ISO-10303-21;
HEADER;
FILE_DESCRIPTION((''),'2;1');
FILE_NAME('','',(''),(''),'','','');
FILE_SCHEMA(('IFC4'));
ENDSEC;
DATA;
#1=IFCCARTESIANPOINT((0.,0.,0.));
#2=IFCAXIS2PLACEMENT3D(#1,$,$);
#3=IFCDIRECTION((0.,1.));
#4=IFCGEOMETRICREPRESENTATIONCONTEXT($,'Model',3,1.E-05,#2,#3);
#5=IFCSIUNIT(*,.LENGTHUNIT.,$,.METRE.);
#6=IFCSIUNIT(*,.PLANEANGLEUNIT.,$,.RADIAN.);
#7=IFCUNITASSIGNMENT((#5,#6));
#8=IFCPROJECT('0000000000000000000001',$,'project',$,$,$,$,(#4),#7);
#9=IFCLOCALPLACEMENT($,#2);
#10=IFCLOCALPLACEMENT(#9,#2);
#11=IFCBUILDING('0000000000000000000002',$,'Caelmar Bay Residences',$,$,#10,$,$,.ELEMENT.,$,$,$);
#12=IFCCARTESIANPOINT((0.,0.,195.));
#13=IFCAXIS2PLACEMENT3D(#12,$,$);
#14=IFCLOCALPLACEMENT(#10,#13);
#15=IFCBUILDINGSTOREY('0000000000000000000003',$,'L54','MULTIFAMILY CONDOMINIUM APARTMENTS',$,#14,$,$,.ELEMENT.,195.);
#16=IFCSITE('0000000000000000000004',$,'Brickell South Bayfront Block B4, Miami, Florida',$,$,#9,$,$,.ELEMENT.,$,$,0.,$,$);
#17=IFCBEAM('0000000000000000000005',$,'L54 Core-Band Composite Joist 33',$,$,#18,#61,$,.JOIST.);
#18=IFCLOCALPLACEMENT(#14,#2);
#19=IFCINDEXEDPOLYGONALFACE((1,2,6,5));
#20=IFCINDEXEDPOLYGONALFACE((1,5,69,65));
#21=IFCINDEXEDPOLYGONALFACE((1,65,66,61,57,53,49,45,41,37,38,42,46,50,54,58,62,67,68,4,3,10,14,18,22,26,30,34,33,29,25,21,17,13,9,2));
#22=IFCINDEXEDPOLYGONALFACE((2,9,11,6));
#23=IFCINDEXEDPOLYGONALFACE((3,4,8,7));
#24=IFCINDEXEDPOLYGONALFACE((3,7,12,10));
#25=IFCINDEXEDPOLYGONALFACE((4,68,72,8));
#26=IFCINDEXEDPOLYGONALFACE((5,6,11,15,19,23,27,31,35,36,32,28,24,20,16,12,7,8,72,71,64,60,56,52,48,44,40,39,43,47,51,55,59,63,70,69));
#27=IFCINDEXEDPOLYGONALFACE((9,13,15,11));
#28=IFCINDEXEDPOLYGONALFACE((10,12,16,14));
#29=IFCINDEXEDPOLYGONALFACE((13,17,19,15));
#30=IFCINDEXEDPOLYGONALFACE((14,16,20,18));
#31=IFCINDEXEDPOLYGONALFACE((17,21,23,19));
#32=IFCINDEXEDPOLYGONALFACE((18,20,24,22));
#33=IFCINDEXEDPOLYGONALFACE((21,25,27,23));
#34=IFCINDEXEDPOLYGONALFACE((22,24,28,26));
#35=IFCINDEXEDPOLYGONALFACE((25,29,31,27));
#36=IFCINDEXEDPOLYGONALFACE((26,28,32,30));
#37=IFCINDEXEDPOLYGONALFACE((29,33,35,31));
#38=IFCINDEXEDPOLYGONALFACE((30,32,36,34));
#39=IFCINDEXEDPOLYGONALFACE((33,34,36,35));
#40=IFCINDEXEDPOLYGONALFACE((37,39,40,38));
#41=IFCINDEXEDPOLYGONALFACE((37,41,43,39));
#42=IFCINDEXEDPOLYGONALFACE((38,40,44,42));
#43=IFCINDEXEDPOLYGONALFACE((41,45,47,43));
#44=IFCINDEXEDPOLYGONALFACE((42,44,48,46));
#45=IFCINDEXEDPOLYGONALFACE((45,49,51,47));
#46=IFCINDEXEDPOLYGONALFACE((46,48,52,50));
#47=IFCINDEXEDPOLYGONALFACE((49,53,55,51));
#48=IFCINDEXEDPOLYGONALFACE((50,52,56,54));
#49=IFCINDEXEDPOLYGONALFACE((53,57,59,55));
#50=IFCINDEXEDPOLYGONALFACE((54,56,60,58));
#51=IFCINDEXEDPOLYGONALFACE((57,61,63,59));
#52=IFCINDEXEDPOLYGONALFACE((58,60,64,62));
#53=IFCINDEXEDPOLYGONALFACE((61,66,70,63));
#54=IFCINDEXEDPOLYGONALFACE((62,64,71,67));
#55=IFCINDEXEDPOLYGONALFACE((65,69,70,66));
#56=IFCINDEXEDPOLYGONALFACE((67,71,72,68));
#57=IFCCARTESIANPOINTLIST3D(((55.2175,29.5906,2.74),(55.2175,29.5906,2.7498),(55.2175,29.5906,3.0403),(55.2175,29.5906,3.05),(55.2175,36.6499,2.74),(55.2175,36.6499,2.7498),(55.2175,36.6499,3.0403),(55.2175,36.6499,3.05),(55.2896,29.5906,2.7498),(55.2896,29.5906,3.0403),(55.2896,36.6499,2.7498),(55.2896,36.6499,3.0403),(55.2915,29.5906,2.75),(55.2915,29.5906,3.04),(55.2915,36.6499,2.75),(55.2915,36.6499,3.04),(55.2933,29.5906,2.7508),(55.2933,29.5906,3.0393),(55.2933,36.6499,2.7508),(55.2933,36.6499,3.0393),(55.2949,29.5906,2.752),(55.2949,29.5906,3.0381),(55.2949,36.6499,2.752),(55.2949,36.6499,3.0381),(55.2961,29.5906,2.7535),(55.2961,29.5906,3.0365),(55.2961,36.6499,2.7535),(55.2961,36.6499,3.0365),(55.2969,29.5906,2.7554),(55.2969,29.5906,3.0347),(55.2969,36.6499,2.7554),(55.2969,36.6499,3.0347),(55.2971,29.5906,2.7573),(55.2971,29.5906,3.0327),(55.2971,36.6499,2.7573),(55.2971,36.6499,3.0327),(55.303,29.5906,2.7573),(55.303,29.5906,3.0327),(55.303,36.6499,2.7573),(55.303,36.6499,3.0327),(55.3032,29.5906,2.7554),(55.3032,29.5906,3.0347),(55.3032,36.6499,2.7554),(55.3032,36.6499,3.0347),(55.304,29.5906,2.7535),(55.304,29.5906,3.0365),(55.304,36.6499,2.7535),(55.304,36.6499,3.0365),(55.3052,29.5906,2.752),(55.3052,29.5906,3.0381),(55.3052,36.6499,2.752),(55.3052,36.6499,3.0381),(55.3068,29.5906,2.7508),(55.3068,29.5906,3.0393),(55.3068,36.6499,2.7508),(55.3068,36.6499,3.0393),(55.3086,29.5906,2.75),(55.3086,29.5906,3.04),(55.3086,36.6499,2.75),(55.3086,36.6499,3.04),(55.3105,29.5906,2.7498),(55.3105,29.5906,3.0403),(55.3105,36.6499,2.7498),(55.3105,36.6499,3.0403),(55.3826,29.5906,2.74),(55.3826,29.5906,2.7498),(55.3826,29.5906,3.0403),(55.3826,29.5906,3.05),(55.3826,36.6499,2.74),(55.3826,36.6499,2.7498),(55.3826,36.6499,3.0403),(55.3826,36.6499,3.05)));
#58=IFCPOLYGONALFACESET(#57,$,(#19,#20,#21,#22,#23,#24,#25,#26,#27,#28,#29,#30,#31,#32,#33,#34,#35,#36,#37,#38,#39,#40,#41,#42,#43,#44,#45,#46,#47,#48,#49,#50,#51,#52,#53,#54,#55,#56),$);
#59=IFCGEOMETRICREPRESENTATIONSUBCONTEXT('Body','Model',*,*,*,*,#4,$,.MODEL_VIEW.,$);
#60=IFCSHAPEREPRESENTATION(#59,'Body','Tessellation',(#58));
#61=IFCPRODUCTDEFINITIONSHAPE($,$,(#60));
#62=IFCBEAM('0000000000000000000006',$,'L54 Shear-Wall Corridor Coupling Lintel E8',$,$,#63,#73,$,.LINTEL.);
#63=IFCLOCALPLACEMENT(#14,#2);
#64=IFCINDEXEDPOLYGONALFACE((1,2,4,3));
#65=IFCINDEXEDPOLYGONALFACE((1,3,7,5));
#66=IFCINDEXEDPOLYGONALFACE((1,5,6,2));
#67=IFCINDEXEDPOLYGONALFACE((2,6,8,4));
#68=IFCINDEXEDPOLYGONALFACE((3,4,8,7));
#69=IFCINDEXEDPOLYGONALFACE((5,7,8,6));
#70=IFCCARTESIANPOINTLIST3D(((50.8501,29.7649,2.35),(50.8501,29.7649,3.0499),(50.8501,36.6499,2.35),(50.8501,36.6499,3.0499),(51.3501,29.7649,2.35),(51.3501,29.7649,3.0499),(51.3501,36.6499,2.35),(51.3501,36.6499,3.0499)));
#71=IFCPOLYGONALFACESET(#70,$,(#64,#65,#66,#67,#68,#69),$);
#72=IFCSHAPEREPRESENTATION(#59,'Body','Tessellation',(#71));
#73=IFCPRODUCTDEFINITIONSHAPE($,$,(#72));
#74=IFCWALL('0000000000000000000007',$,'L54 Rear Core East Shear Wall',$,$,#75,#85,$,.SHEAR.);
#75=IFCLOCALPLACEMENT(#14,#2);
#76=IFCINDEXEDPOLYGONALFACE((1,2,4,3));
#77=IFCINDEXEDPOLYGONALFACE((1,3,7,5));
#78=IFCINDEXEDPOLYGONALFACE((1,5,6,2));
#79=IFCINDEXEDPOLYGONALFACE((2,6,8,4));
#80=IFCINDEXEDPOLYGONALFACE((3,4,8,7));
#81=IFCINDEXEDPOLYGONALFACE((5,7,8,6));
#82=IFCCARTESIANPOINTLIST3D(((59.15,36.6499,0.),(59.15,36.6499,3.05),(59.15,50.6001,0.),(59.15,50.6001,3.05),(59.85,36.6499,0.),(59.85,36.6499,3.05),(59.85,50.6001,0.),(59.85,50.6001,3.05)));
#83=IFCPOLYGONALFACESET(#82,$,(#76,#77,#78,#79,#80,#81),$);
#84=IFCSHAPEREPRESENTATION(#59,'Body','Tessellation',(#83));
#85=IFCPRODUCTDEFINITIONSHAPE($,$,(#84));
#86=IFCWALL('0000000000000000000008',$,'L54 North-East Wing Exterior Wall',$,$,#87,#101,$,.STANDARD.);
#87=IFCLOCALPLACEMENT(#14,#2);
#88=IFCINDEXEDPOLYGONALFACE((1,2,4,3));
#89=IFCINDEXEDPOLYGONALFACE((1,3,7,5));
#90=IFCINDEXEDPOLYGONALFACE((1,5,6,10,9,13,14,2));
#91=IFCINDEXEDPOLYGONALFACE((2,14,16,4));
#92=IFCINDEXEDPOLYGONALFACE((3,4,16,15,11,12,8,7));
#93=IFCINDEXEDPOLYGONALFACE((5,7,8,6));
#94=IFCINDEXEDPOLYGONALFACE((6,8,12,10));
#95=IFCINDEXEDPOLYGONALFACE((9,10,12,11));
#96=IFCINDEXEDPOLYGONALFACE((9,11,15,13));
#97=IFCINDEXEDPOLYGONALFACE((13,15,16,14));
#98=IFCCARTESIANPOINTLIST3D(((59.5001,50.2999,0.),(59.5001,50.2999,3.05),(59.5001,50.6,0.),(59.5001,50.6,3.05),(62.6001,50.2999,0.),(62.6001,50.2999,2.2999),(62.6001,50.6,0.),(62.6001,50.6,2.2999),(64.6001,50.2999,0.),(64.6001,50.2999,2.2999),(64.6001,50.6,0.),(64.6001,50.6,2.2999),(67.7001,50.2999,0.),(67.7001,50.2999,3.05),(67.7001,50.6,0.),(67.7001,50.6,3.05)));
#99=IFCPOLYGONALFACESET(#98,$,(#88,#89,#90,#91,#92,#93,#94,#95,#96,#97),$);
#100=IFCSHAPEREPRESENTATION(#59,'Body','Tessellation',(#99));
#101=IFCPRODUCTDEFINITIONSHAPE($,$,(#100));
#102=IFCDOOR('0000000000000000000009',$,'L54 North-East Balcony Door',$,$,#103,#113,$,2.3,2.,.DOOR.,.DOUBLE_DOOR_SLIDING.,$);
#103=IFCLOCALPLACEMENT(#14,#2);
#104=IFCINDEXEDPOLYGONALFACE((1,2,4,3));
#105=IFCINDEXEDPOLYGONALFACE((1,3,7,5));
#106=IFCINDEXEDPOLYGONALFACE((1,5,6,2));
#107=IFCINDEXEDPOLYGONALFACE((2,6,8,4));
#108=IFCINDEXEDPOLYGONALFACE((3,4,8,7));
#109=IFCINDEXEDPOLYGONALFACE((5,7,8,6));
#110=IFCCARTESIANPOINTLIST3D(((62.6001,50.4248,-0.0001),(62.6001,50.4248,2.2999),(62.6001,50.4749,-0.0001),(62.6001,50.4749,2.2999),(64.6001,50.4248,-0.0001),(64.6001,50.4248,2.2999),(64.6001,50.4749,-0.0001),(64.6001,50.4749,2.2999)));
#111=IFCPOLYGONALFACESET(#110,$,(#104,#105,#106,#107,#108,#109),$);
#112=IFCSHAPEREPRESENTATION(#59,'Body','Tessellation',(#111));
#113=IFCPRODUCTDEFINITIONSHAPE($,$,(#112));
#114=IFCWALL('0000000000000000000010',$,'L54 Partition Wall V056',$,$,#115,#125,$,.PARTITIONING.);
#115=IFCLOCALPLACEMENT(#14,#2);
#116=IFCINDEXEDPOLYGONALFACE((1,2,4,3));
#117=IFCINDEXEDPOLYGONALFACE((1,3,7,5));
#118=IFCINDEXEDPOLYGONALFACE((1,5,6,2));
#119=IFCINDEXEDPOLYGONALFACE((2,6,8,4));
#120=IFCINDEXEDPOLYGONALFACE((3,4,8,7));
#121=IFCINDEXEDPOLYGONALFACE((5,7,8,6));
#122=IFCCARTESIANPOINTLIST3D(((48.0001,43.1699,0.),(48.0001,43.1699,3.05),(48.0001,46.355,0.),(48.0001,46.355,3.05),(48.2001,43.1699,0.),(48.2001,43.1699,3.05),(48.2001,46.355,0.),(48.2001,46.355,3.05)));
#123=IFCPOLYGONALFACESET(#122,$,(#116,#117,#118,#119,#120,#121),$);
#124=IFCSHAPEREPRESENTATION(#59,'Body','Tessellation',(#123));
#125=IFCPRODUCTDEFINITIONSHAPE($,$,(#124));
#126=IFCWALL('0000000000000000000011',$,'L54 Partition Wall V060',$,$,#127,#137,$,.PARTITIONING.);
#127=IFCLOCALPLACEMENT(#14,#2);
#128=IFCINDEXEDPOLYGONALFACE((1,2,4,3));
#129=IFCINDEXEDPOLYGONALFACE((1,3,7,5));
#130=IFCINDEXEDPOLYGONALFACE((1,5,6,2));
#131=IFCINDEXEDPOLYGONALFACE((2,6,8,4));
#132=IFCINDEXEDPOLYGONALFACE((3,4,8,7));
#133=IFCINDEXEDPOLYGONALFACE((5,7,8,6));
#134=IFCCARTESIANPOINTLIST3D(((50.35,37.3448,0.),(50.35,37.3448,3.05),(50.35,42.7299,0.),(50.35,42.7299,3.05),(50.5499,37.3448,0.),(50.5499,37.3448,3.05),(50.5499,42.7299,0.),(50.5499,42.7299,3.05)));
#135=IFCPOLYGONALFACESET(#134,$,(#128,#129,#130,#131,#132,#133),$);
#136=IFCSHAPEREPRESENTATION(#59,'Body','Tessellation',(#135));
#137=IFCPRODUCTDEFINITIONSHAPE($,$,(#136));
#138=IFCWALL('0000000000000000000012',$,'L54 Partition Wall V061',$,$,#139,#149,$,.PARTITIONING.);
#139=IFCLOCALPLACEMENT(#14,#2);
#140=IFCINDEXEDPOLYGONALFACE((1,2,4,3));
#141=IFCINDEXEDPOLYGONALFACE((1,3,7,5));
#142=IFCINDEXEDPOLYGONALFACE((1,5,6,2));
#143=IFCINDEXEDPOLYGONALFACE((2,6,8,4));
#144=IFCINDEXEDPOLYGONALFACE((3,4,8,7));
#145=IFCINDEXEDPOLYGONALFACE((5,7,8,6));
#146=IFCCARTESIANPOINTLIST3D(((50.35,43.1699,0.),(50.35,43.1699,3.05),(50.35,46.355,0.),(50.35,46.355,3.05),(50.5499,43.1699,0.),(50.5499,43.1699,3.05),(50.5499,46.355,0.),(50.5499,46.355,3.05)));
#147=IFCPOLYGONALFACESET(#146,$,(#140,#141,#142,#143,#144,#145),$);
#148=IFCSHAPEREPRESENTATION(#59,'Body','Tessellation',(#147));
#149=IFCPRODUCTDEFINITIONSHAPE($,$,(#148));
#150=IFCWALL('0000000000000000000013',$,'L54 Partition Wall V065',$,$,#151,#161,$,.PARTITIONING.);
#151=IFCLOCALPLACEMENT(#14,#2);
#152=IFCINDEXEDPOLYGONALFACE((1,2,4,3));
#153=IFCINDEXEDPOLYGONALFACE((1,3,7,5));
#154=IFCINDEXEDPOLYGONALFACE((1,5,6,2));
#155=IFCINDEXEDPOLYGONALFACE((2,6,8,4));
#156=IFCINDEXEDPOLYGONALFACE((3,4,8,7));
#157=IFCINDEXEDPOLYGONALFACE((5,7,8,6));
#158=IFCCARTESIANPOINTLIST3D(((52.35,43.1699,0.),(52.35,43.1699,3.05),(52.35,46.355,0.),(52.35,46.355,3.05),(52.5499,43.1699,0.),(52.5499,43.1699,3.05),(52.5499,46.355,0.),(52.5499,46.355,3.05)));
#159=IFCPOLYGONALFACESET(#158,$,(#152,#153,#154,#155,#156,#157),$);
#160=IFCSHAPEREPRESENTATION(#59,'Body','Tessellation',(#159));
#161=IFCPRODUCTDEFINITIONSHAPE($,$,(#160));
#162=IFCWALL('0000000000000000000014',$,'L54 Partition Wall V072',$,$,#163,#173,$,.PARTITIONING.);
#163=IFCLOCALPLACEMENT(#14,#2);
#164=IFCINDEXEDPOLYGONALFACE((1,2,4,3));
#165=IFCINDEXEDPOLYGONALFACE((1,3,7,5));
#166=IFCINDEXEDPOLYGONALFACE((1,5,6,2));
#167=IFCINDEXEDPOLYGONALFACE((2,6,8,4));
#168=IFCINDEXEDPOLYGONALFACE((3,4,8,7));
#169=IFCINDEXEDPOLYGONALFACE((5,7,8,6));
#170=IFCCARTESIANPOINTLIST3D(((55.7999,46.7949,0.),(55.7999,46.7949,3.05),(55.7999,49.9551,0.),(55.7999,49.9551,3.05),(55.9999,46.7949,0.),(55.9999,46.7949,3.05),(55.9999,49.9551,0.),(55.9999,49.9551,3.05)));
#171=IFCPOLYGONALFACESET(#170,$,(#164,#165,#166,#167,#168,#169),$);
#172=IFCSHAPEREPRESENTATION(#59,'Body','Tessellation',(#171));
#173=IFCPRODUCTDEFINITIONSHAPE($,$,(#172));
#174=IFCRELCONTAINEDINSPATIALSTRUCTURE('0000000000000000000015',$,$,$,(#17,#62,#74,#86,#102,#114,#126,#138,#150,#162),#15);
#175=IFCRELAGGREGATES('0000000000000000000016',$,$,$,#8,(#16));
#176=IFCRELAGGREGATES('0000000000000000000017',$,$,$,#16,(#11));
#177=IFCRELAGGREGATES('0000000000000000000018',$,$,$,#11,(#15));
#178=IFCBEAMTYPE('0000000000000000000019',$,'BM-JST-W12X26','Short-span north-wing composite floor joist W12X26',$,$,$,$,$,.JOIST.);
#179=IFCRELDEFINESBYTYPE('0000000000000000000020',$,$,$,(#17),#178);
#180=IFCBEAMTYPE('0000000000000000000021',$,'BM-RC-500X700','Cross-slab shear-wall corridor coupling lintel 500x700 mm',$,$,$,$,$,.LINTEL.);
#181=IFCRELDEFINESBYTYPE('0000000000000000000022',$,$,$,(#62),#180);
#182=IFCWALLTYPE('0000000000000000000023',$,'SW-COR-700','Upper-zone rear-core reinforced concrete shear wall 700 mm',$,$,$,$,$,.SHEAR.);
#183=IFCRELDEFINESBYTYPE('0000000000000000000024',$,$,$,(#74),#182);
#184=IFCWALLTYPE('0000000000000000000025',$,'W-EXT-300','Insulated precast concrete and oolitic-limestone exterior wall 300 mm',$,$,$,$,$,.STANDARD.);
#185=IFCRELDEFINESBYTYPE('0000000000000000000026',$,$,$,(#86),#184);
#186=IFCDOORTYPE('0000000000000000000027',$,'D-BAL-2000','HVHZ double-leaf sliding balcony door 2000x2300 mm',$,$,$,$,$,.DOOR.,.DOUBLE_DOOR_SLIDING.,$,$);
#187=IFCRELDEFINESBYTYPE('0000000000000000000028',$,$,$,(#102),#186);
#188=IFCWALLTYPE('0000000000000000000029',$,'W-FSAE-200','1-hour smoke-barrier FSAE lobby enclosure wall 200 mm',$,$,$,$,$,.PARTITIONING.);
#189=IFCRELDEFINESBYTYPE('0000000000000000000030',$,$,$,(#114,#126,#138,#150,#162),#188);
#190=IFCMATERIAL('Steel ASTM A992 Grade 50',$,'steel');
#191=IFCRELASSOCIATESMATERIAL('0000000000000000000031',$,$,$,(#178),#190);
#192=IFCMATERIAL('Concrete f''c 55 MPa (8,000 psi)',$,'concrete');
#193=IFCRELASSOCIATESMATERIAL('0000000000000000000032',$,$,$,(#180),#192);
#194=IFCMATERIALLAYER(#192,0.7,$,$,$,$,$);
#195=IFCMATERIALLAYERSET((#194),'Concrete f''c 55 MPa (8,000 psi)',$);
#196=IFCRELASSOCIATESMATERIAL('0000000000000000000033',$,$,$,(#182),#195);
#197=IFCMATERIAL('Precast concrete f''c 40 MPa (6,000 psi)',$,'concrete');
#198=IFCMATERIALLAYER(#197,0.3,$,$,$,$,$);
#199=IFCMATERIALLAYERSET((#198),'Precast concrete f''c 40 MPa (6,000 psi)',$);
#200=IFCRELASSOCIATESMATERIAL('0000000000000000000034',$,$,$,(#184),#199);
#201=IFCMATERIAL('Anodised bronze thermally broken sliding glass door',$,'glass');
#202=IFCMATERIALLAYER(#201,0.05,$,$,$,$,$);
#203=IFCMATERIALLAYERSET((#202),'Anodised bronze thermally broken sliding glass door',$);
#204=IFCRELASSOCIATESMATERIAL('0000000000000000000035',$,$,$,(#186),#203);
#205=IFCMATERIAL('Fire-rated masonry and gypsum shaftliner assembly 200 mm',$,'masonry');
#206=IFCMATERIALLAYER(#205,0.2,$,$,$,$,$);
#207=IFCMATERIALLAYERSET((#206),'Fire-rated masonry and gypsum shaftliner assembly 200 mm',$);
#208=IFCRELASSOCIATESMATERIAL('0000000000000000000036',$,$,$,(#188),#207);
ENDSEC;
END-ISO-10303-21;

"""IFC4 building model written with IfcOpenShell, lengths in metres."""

from ifc_helpers import new_model, si_unit, direction, frame, frame_2d, origin, origin_2d, place, context, subcontext, project, spatial, rectangle, i_section, extrude, material, layer, layer_set, material_profile, profile_set, type_object, element, fill, save


model = new_model("IFC4")

# Units and contexts
model_context = context("Model", 3, precision=1e-05, world=origin(), true_north=direction((0.0, 1.0)))
body_context = subcontext(model_context, "Body", "Model", "MODEL_VIEW")
ifc_project = project(units=[si_unit("LENGTHUNIT", "METRE"), si_unit("PLANEANGLEUNIT", "RADIAN")], contexts=[model_context])

# Site, building, storey
site_placement = place(None, origin())
site = spatial("IfcSite", under=ifc_project, at=site_placement, Name="Brickell South Bayfront Block B4, Miami, Florida", CompositionType="ELEMENT", RefElevation=0.0)
building_placement = place(site_placement, origin())
building = spatial("IfcBuilding", under=site, at=building_placement, Name="Caelmar Bay Residences", CompositionType="ELEMENT")
storey_placement = place(building_placement, frame((0.0, 0.0, 195.0)))
storey = spatial("IfcBuildingStorey", under=building, at=storey_placement, Name="L54", Description="MULTIFAMILY CONDOMINIUM APARTMENTS", CompositionType="ELEMENT", Elevation=195.0)

# Beams
ifc_material_1 = material(Name="Steel ASTM A992 Grade 50", Category="steel")
ifc_material_profile_1 = material_profile(ifc_material_1, i_section(OverallWidth=0.165, OverallDepth=0.3101, WebThickness=0.0059, FlangeThickness=0.0098, FilletRadius=0.0076, at=origin_2d()), Name="W12X26")
ifc_profile_set_1 = profile_set([ifc_material_profile_1], Name="Steel ASTM A992 Grade 50")
beam_type_1 = type_object("IfcBeamType", Name="BM-JST-W12X26", Description="Short-span north-wing composite floor joist W12X26", PredefinedType="JOIST", material=ifc_profile_set_1)
for number, where, z_axis, x_axis, name in (
    (1, (55.3, 29.5906, 2.895), (0.0, 1.0, 0.0), (-1.0, 0.0, 0.0), "L54 Core-Band Composite Joist 33"),
):
    element("IfcBeam", number, at=place(storey_placement, frame(where, z_axis=z_axis, x_axis=x_axis)), inside=storey, type_object=beam_type_1, Name=name, PredefinedType="JOIST", context=body_context, shape_type="SweptSolid", body=[
        extrude(i_section(OverallWidth=0.165, OverallDepth=0.3101, WebThickness=0.0059, FlangeThickness=0.0098, FilletRadius=0.0076, at=origin_2d()), origin(), (0.0, 0.0, 1.0), 7.0593),
    ])
ifc_material_2 = material(Name="Concrete f'c 55 MPa (8,000 psi)", Category="concrete")
ifc_material_profile_2 = material_profile(ifc_material_2, rectangle(XDim=0.5, YDim=0.7, at=origin_2d()), Name="RC-BM-500X700")
ifc_profile_set_2 = profile_set([ifc_material_profile_2], Name="Concrete f'c 55 MPa (8,000 psi)")
beam_type_2 = type_object("IfcBeamType", Name="BM-RC-500X700", Description="Cross-slab shear-wall corridor coupling lintel 500x700 mm", PredefinedType="LINTEL", material=ifc_profile_set_2)
beam_placement = place(storey_placement, frame((51.1001, 29.7649, 2.7), z_axis=(0.0, 1.0, 0.0), x_axis=(-1.0, 0.0, 0.0)))
element("IfcBeam", 2, at=beam_placement, inside=storey, type_object=beam_type_2, Name="L54 Shear-Wall Corridor Coupling Lintel E8", PredefinedType="LINTEL", context=body_context, shape_type="SweptSolid", body=[
    extrude(rectangle(XDim=0.5, YDim=0.7, at=origin_2d()), origin(), (0.0, 0.0, 1.0), 6.885),
])

# Wall
ifc_layer_1 = layer(ifc_material_2, 0.7)
ifc_layer_set_1 = layer_set([ifc_layer_1], Name="Concrete f'c 55 MPa (8,000 psi)")
wall_type_1 = type_object("IfcWallType", Name="SW-COR-700", Description="Upper-zone rear-core reinforced concrete shear wall 700 mm", PredefinedType="SHEAR", material=ifc_layer_set_1)
wall_1_placement = place(storey_placement, frame((59.5, 36.6499, 0.0), z_axis=(0.0, 0.0, 1.0), x_axis=(0.0, 1.0, 0.0)))
element("IfcWall", 3, at=wall_1_placement, inside=storey, type_object=wall_type_1, Name="L54 Rear Core East Shear Wall", PredefinedType="SHEAR", context=body_context, shape_type="SweptSolid", body=[
    extrude(rectangle(XDim=13.9502, YDim=0.7, at=frame_2d((6.9751, 0.0))), origin(), (0.0, 0.0, 1.0), 3.05),
])

# Wall, opening, door
ifc_material_3 = material(Name="Precast concrete f'c 40 MPa (6,000 psi)", Category="concrete")
ifc_layer_2 = layer(ifc_material_3, 0.3)
ifc_layer_set_2 = layer_set([ifc_layer_2], Name="Precast concrete f'c 40 MPa (6,000 psi)")
wall_type_2 = type_object("IfcWallType", Name="W-EXT-300", Description="Insulated precast concrete and oolitic-limestone exterior wall 300 mm", PredefinedType="STANDARD", material=ifc_layer_set_2)
wall_2_placement = place(storey_placement, frame((59.5, 50.45, 0.0), z_axis=(0.0, 0.0, 1.0), x_axis=(1.0, 0.0, 0.0)))
wall_2 = element("IfcWall", 4, at=wall_2_placement, inside=storey, type_object=wall_type_2, Name="L54 North-East Wing Exterior Wall", PredefinedType="STANDARD", context=body_context, shape_type="SweptSolid", body=[
    extrude(rectangle(XDim=8.2, YDim=0.3, at=frame_2d((4.1001, 0.0))), origin(), (0.0, 0.0, 1.0), 3.05),
])
opening_1_placement = place(wall_2_placement, frame((3.1001, 0.0, 0.0)))
opening_1 = element("IfcOpeningElement", 5, at=opening_1_placement, cuts=wall_2, PredefinedType="OPENING", context=body_context, shape_type="SweptSolid", body=[
    extrude(rectangle(XDim=2.0, YDim=2.3, at=frame_2d((1.0, 1.1499))), frame((0.0, 0.1599, 0.0), z_axis=(0.0, -1.0, 0.0), x_axis=(1.0, 0.0, 0.0)), (0.0, 0.0, 1.0), 0.3201),
])
ifc_material_4 = material(Name="Anodised bronze thermally broken sliding glass door", Category="glass")
ifc_layer_3 = layer(ifc_material_4, 0.05)
ifc_layer_set_3 = layer_set([ifc_layer_3], Name="Anodised bronze thermally broken sliding glass door")
door_type_1 = type_object("IfcDoorType", Name="D-BAL-2000", Description="HVHZ double-leaf sliding balcony door 2000x2300 mm", OperationType="DOUBLE_DOOR_SLIDING", PredefinedType="DOOR", material=ifc_layer_set_3)
door_1_placement = place(opening_1_placement, origin())
door_1 = element("IfcDoor", 6, at=door_1_placement, inside=storey, type_object=door_type_1, Name="L54 North-East Balcony Door", OperationType="DOUBLE_DOOR_SLIDING", OverallHeight=2.3, OverallWidth=2.0, PredefinedType="DOOR", context=body_context, shape_type="SweptSolid", body=[
    extrude(rectangle(XDim=2.0, YDim=2.3, at=frame_2d((1.0, 1.1499))), frame((0.0, 0.0249, 0.0), z_axis=(0.0, -1.0, 0.0), x_axis=(1.0, 0.0, 0.0)), (0.0, 0.0, 1.0), 0.05),
])
fill(opening_1, door_1)

# Walls
ifc_material_5 = material(Name="Fire-rated masonry and gypsum shaftliner assembly 200 mm", Category="masonry")
ifc_layer_4 = layer(ifc_material_5, 0.2)
ifc_layer_set_4 = layer_set([ifc_layer_4], Name="Fire-rated masonry and gypsum shaftliner assembly 200 mm")
wall_type_3 = type_object("IfcWallType", Name="W-FSAE-200", Description="1-hour smoke-barrier FSAE lobby enclosure wall 200 mm", PredefinedType="PARTITIONING", material=ifc_layer_set_4)
wall_3_placement = place(storey_placement, frame((48.1001, 43.1699, 0.0), z_axis=(0.0, 0.0, 1.0), x_axis=(0.0, 1.0, 0.0)))
element("IfcWall", 7, at=wall_3_placement, inside=storey, type_object=wall_type_3, Name="L54 Partition Wall V056", PredefinedType="PARTITIONING", context=body_context, shape_type="SweptSolid", body=[
    extrude(rectangle(XDim=3.1851, YDim=0.2, at=frame_2d((1.5925, 0.0))), origin(), (0.0, 0.0, 1.0), 3.05),
])
wall_4_placement = place(storey_placement, frame((50.45, 37.345, 0.0), z_axis=(0.0, 0.0, 1.0), x_axis=(0.0, 1.0, 0.0)))
element("IfcWall", 8, at=wall_4_placement, inside=storey, type_object=wall_type_3, Name="L54 Partition Wall V060", PredefinedType="PARTITIONING", context=body_context, shape_type="SweptSolid", body=[
    extrude(rectangle(XDim=5.385, YDim=0.2, at=frame_2d((2.6924, 0.0))), origin(), (0.0, 0.0, 1.0), 3.05),
])
for number, where, z_axis, x_axis, name in (
    (9, (50.45, 43.1699, 0.0), (0.0, 0.0, 1.0), (0.0, 1.0, 0.0), "L54 Partition Wall V061"),
    (10, (52.45, 43.1699, 0.0), (0.0, 0.0, 1.0), (0.0, 1.0, 0.0), "L54 Partition Wall V065"),
):
    element("IfcWall", number, at=place(storey_placement, frame(where, z_axis=z_axis, x_axis=x_axis)), inside=storey, type_object=wall_type_3, Name=name, PredefinedType="PARTITIONING", context=body_context, shape_type="SweptSolid", body=[
        extrude(rectangle(XDim=3.1851, YDim=0.2, at=frame_2d((1.5925, 0.0))), origin(), (0.0, 0.0, 1.0), 3.05),
    ])
wall_5_placement = place(storey_placement, frame((55.8999, 46.7949, 0.0), z_axis=(0.0, 0.0, 1.0), x_axis=(0.0, 1.0, 0.0)))
element("IfcWall", 11, at=wall_5_placement, inside=storey, type_object=wall_type_3, Name="L54 Partition Wall V072", PredefinedType="PARTITIONING", context=body_context, shape_type="SweptSolid", body=[
    extrude(rectangle(XDim=3.1602, YDim=0.2, at=frame_2d((1.5801, 0.0))), origin(), (0.0, 0.0, 1.0), 3.05),
])

save(model, "model.ifc")
